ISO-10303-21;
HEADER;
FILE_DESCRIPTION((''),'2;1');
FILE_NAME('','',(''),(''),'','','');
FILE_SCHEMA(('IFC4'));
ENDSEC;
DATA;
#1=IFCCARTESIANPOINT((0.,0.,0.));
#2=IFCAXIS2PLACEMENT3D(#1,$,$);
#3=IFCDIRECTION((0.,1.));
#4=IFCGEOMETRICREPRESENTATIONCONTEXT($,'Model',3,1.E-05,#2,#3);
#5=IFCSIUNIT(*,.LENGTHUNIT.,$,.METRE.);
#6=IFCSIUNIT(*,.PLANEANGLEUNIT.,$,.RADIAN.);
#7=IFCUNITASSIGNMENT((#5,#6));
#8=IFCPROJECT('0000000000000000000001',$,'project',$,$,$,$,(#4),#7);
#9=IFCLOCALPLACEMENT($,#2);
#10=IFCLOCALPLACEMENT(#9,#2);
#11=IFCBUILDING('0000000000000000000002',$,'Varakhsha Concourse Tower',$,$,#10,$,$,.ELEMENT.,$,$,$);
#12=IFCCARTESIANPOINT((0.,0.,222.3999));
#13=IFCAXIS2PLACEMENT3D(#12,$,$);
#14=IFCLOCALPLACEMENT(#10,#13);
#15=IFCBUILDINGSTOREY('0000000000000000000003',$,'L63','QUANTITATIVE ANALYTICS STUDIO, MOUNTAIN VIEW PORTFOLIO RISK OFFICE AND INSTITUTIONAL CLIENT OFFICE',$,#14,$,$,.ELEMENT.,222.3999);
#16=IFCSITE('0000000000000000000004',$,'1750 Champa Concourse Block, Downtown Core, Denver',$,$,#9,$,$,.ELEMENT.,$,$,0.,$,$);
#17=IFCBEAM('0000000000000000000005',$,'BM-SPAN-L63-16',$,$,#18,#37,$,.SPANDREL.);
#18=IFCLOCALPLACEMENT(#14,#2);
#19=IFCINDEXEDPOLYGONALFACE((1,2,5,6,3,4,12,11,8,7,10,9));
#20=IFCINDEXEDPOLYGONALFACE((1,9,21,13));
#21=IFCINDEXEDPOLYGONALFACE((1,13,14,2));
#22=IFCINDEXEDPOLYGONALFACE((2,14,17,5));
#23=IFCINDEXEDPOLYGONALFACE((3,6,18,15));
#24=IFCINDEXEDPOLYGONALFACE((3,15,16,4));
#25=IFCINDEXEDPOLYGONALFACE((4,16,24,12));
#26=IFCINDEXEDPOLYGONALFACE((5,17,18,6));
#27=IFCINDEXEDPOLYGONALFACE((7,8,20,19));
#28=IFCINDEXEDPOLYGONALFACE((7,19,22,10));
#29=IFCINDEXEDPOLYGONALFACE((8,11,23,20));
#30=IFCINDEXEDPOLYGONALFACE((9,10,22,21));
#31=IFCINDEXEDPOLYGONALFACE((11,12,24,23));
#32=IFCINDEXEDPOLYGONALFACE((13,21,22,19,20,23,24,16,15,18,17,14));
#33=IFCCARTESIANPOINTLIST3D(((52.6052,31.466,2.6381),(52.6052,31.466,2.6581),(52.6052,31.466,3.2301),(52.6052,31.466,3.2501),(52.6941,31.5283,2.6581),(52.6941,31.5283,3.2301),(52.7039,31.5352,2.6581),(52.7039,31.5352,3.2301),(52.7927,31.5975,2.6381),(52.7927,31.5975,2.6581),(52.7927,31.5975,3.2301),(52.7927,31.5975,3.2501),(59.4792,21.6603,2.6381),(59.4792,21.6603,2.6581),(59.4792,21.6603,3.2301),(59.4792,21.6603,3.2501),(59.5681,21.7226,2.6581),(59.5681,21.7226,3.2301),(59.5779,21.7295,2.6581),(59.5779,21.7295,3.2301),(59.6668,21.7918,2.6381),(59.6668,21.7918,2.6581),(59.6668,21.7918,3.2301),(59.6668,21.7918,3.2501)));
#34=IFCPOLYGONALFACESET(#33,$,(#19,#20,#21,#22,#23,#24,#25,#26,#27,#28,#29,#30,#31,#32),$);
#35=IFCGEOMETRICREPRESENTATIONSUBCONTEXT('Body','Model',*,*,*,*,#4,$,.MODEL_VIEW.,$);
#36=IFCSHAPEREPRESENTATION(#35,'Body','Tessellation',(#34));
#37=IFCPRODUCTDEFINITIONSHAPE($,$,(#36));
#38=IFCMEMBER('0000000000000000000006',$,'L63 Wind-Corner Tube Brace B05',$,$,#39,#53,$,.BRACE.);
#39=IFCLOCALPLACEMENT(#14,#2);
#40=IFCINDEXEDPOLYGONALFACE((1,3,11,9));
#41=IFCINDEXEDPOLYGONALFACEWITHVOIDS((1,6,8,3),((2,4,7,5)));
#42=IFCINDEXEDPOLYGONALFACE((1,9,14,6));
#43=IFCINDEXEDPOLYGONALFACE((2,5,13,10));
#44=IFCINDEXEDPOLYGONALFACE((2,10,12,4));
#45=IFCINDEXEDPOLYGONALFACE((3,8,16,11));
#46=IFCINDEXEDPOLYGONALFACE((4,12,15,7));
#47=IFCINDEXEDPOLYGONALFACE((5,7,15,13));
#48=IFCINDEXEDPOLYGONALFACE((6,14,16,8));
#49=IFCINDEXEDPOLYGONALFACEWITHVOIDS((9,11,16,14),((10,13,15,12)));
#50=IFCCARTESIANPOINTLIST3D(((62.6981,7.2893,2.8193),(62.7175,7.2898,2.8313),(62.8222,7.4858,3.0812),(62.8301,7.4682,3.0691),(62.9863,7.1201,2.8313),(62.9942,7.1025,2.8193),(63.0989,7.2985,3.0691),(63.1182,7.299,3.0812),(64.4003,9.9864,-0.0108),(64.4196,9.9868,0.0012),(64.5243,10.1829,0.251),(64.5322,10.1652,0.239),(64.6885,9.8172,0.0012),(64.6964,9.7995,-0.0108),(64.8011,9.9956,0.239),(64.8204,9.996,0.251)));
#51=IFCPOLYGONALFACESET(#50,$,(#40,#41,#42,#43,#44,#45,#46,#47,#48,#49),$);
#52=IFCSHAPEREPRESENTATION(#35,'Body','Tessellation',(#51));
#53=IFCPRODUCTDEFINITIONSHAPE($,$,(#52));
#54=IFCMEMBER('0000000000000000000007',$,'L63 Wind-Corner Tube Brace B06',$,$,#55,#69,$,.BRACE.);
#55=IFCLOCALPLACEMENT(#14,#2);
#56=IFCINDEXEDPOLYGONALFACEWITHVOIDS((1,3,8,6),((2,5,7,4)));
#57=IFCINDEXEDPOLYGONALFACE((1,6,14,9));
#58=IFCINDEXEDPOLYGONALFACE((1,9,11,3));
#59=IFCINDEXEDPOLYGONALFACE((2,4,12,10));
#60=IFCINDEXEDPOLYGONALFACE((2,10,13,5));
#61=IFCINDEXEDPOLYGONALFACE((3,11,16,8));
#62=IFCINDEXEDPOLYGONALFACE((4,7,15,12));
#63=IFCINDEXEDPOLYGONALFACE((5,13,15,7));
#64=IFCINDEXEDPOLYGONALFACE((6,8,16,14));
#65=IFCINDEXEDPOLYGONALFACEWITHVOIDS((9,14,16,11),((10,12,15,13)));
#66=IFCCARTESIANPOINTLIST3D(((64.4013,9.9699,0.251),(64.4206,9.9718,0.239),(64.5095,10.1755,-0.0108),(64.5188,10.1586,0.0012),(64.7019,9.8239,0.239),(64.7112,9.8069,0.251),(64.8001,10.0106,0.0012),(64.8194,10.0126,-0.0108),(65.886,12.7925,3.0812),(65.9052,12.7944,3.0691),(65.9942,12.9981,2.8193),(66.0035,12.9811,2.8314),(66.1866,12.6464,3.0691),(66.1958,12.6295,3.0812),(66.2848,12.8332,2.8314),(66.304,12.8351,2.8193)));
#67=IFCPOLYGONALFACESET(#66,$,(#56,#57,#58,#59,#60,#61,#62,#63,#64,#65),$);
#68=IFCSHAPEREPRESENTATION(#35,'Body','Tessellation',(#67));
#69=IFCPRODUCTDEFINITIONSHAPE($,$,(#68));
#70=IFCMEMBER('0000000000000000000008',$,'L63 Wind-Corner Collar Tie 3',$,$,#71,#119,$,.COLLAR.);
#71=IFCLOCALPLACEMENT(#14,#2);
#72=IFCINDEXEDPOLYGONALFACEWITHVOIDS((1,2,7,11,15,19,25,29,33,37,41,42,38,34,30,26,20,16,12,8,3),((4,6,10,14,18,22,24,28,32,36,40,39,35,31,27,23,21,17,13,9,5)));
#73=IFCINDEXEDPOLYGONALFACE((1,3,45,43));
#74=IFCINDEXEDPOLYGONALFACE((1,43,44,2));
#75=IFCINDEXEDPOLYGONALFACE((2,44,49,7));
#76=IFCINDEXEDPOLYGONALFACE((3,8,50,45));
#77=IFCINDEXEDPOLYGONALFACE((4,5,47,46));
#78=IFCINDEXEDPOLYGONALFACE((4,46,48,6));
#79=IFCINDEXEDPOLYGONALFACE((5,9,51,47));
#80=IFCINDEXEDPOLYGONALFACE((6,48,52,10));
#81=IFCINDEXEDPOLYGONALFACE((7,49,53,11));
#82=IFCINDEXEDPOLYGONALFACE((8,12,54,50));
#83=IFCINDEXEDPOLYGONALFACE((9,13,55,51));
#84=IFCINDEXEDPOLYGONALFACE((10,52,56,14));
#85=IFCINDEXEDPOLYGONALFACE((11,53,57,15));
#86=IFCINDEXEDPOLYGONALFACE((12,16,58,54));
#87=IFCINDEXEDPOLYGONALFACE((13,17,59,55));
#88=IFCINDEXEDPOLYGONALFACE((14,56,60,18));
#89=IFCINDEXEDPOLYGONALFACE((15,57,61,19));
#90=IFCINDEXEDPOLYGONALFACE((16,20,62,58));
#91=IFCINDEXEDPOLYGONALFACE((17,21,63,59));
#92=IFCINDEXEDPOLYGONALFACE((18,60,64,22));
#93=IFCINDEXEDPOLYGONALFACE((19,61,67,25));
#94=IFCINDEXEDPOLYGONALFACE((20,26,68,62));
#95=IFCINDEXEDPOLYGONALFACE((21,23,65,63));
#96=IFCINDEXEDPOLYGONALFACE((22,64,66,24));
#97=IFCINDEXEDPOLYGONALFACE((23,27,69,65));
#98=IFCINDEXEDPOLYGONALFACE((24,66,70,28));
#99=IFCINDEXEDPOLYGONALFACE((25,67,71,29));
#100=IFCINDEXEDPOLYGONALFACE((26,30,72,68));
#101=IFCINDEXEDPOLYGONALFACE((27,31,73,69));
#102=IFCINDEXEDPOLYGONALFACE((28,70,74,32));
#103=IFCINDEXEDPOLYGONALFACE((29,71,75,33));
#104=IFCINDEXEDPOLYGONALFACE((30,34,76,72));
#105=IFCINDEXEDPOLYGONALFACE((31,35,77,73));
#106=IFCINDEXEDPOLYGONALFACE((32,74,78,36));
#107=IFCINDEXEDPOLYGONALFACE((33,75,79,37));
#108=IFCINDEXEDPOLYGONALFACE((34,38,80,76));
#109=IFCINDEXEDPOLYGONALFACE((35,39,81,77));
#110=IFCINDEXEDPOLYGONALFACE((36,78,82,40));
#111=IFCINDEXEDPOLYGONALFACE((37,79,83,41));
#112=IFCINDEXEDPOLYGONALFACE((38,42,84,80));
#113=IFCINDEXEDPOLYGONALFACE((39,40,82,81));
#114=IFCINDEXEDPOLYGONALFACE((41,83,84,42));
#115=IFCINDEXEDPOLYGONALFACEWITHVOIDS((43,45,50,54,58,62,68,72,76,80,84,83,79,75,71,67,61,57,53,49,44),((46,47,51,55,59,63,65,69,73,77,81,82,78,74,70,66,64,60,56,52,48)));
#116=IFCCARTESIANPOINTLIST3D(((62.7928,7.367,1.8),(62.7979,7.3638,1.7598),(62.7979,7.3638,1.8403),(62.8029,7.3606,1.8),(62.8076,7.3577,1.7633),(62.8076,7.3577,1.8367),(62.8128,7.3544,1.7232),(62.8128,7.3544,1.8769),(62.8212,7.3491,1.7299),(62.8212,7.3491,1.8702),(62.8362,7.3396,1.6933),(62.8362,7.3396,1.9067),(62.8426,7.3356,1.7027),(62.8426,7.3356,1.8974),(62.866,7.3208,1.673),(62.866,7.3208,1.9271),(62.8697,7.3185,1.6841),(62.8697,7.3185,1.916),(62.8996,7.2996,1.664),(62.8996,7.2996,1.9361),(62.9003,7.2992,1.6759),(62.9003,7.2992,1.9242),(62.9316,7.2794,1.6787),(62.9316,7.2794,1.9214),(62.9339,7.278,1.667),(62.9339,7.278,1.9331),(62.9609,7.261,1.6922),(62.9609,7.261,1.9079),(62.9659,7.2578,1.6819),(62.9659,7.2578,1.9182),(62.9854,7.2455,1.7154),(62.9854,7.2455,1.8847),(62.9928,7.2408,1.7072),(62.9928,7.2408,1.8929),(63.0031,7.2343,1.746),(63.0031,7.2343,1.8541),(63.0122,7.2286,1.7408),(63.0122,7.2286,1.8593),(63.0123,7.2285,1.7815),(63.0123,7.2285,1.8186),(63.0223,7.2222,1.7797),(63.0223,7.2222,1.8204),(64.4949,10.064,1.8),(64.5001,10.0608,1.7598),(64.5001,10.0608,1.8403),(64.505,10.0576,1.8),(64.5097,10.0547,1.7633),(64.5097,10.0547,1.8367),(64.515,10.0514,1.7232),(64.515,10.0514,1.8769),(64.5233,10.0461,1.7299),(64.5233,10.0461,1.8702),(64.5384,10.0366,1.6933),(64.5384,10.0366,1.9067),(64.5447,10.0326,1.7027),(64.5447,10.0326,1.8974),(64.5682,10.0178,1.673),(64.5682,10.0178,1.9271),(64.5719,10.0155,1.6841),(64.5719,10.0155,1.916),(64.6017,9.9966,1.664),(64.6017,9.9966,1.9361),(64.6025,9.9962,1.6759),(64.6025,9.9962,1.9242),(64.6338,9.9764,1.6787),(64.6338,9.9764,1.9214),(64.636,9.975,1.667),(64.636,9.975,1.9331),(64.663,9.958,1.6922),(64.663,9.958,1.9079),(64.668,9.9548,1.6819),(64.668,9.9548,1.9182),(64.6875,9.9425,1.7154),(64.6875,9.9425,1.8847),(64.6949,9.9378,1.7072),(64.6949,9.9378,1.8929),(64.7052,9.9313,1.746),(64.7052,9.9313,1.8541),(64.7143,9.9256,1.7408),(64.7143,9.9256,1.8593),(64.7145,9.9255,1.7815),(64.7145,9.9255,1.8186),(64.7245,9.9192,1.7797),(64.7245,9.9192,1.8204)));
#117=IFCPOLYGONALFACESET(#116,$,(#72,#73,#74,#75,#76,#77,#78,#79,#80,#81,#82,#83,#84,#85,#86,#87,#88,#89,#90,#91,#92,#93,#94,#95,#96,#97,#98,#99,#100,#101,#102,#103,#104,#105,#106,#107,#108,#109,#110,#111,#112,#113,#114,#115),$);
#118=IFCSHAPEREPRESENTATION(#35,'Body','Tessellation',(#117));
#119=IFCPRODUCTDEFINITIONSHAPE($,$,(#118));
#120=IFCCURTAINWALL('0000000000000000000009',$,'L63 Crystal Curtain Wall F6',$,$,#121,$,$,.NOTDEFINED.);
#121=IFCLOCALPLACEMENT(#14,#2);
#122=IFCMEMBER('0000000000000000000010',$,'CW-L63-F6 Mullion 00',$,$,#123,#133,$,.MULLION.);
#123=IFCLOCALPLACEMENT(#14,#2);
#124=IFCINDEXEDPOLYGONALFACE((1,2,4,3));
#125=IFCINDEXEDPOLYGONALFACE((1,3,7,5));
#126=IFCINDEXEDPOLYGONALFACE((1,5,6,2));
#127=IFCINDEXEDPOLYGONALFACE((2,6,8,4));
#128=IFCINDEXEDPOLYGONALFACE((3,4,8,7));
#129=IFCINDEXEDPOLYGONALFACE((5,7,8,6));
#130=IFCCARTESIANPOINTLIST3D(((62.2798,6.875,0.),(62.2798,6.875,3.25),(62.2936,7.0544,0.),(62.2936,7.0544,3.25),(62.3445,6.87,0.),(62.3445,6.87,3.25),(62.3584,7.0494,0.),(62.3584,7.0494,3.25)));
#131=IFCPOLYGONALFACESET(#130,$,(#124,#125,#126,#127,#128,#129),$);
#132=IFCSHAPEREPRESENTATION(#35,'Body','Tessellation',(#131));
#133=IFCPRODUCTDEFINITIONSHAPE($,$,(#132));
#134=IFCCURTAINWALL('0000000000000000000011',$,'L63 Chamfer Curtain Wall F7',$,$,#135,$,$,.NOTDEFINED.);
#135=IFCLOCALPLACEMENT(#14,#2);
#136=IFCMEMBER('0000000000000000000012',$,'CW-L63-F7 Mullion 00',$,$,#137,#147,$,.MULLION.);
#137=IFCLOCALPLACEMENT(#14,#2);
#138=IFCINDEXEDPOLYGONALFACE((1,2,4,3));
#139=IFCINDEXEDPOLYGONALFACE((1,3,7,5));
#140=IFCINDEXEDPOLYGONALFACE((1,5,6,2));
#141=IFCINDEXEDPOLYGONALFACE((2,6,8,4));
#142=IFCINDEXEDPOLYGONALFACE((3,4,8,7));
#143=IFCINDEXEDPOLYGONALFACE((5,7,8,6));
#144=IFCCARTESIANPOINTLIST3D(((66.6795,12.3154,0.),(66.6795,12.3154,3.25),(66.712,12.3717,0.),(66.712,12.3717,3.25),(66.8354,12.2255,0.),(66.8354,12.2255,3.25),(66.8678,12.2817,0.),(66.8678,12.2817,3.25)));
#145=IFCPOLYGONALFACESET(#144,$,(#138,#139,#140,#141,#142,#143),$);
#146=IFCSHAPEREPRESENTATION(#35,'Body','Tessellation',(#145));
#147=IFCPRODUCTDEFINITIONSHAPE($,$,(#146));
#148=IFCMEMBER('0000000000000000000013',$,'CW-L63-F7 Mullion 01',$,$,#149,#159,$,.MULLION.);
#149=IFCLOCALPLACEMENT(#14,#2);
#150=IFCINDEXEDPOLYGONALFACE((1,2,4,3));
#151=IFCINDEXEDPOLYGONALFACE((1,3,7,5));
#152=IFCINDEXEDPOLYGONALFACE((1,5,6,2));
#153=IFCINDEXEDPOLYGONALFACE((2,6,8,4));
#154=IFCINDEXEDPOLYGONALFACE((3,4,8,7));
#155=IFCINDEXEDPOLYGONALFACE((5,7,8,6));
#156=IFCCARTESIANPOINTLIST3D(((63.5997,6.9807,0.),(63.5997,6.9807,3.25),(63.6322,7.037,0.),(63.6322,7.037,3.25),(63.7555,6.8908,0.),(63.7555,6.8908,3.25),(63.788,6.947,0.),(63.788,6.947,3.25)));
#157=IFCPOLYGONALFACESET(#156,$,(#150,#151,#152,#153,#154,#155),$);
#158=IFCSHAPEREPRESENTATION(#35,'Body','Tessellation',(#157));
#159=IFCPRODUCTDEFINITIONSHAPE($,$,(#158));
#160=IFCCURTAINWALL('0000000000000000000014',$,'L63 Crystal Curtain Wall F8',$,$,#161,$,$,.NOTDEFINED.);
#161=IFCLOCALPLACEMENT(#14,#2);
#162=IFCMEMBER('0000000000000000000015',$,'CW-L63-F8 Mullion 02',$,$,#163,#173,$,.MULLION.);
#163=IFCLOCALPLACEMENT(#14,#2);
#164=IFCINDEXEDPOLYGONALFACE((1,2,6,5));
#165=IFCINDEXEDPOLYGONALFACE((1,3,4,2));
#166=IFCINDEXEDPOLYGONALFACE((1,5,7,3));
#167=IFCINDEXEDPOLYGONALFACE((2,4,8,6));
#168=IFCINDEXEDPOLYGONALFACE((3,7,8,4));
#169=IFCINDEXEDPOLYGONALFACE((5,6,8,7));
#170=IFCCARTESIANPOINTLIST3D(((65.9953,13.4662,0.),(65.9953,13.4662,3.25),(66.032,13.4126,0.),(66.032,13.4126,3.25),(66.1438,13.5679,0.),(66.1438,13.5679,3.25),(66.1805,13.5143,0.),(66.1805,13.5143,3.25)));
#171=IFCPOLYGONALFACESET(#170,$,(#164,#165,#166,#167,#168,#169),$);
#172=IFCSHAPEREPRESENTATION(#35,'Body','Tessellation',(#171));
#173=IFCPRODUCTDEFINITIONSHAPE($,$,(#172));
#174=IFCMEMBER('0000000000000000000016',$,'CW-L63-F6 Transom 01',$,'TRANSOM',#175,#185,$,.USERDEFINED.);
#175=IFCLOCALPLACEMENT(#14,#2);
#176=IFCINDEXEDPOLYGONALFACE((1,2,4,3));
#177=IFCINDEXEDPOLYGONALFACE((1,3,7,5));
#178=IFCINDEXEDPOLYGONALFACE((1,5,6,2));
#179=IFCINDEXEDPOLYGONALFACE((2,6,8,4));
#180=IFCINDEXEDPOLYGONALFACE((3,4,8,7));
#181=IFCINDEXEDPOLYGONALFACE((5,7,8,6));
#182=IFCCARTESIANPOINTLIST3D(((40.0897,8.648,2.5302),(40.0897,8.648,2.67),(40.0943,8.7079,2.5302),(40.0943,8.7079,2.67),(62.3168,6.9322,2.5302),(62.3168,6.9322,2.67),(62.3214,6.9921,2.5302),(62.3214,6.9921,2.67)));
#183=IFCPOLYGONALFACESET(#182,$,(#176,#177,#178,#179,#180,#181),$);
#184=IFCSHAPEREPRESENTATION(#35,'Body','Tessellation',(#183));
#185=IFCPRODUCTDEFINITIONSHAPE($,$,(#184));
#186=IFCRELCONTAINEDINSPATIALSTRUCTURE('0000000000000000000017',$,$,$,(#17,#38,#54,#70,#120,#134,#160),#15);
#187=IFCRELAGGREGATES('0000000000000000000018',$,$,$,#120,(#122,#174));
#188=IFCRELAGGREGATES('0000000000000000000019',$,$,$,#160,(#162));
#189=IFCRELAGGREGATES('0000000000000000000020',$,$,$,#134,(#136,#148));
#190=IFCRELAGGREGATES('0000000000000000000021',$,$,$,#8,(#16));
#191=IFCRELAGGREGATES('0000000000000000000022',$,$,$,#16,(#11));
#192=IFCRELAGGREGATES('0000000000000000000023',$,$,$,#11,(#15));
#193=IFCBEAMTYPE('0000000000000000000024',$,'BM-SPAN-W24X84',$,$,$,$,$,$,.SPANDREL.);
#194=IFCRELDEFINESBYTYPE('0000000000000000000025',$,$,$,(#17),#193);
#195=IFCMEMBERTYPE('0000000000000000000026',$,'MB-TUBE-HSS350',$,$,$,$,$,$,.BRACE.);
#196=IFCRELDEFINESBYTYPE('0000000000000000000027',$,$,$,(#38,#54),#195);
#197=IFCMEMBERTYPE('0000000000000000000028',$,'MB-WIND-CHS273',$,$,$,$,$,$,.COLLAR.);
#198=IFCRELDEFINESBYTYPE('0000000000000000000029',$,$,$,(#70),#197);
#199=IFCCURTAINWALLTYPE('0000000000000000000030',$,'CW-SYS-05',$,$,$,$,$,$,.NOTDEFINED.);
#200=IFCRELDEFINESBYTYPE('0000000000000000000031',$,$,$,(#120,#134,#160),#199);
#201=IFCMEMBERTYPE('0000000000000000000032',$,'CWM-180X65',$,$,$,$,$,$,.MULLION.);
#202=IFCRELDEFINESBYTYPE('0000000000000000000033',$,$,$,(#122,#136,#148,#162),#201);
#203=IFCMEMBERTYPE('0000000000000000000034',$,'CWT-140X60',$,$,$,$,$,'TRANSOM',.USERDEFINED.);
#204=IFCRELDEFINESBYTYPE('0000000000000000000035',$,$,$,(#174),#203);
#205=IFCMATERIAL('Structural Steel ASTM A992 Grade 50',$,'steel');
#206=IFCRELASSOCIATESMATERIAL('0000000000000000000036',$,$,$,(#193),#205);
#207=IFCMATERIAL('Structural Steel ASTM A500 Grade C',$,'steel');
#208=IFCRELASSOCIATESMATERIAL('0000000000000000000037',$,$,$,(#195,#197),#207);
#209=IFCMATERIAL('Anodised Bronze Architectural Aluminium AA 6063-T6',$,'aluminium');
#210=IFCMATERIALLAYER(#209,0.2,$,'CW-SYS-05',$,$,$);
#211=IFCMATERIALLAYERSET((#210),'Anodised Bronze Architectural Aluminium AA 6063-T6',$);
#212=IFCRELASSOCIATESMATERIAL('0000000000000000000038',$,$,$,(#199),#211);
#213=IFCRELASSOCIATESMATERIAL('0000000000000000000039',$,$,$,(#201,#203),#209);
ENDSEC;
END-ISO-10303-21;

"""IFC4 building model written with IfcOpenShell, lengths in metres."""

from ifc_helpers import new_model, si_unit, direction, frame, origin, origin_2d, place, context, subcontext, project, spatial, rectangle, hollow_rectangle, hollow_circle, i_section, extrude, source, transform, mapped, material, layer, layer_set, material_profile, profile_set, type_object, type_shapes, element, aggregate, save


model = new_model("IFC4")

# Units and contexts
model_context = context("Model", 3, precision=1e-05, world=origin(), true_north=direction((0.0, 1.0)))
body_context = subcontext(model_context, "Body", "Model", "MODEL_VIEW")
ifc_project = project(units=[si_unit("LENGTHUNIT", "METRE"), si_unit("PLANEANGLEUNIT", "RADIAN")], contexts=[model_context])

# Site, building, storey
site_placement = place(None, origin())
site = spatial("IfcSite", under=ifc_project, at=site_placement, Name="1750 Champa Concourse Block, Downtown Core, Denver", CompositionType="ELEMENT", RefElevation=0.0)
building_placement = place(site_placement, origin())
building = spatial("IfcBuilding", under=site, at=building_placement, Name="Varakhsha Concourse Tower", CompositionType="ELEMENT")
storey_placement = place(building_placement, frame((0.0, 0.0, 222.3999)))
storey = spatial("IfcBuildingStorey", under=building, at=storey_placement, Name="L63", Description="QUANTITATIVE ANALYTICS STUDIO, MOUNTAIN VIEW PORTFOLIO RISK OFFICE AND INSTITUTIONAL CLIENT OFFICE", CompositionType="ELEMENT", Elevation=222.3999)

# Beam
ifc_material_1 = material(Name="Structural Steel ASTM A992 Grade 50", Category="steel")
ifc_material_profile_1 = material_profile(ifc_material_1, i_section(OverallWidth=0.229, OverallDepth=0.6121, WebThickness=0.012, FlangeThickness=0.02, at=origin_2d()), Name="W24X84")
ifc_profile_set_1 = profile_set([ifc_material_profile_1], Name="Structural Steel ASTM A992 Grade 50")
beam_type_1 = type_object("IfcBeamType", Name="BM-SPAN-W24X84", PredefinedType="SPANDREL", material=ifc_profile_set_1)
beam_1_placement = place(storey_placement, frame((59.573, 21.7261, 2.9441), z_axis=(-0.574026, 0.818837, 0.0), x_axis=(-0.818837, -0.574026, 0.0)))
element("IfcBeam", 1, at=beam_1_placement, inside=storey, type_object=beam_type_1, Name="BM-SPAN-L63-16", PredefinedType="SPANDREL", context=body_context, shape_type="SweptSolid", body=[
    extrude(i_section(OverallWidth=0.229, OverallDepth=0.6121, WebThickness=0.012, FlangeThickness=0.02, at=origin_2d()), origin(), (0.0, 0.0, 1.0), 11.9751),
])

# Members
ifc_material_2 = material(Name="Structural Steel ASTM A500 Grade C", Category="steel")
ifc_material_profile_2 = material_profile(ifc_material_2, hollow_rectangle(XDim=0.3501, YDim=0.3501, WallThickness=0.0161, at=origin_2d()), Name="HSS 350x350x16")
ifc_profile_set_2 = profile_set([ifc_material_profile_2], Name="Structural Steel ASTM A500 Grade C")
member_type_1 = type_object("IfcMemberType", Name="MB-TUBE-HSS350", PredefinedType="BRACE", material=ifc_profile_set_2)
shared_shape_1 = source(origin(), body_context, "Body", "SweptSolid", [
    extrude(hollow_rectangle(XDim=0.3501, YDim=0.3501, WallThickness=0.0161, at=origin_2d()), origin(), (0.0, 0.0, 1.0), 4.2639),
])
type_shapes(member_type_1, [shared_shape_1])
for number, where, z_axis, x_axis, name in (
    (2, (64.6104, 9.9912, 0.1201), (-0.399203, -0.632529, 0.663735), (0.845663, -0.533716, 0.0), "L63 Wind-Corner Tube Brace B05"),
    (3, (64.6104, 9.9912, 0.1201), (0.348191, 0.66197, 0.663745), (-0.885036, 0.465522, 0.0), "L63 Wind-Corner Tube Brace B06"),
):
    element("IfcMember", number, at=place(storey_placement, frame(where, z_axis=z_axis, x_axis=x_axis)), inside=storey, type_object=member_type_1, Name=name, PredefinedType="BRACE", context=body_context, shape_type="MappedRepresentation", body=[
        mapped(shared_shape_1, transform((0.0, 0.0, 0.0), scale=1.0)),
    ])
ifc_material_profile_3 = material_profile(ifc_material_2, hollow_circle(Radius=0.1365, WallThickness=0.012, at=origin_2d()), Name="CHS 273x12")
ifc_profile_set_3 = profile_set([ifc_material_profile_3], Name="Structural Steel ASTM A500 Grade C")
member_type_2 = type_object("IfcMemberType", Name="MB-WIND-CHS273", PredefinedType="COLLAR", material=ifc_profile_set_3)
shared_shape_2 = source(origin(), body_context, "Body", "SweptSolid", [
    extrude(hollow_circle(Radius=0.1365, WallThickness=0.012, at=origin_2d()), origin(), (0.0, 0.0, 1.0), 3.1892),
])
type_shapes(member_type_2, [shared_shape_2])
member_1_placement = place(storey_placement, frame((62.9082, 7.2942, 1.8), z_axis=(0.533716, 0.845663, 0.0), x_axis=(-0.845663, 0.533716, 0.0)))
element("IfcMember", 4, at=member_1_placement, inside=storey, type_object=member_type_2, Name="L63 Wind-Corner Collar Tie 3", PredefinedType="COLLAR", context=body_context, shape_type="MappedRepresentation", body=[
    mapped(shared_shape_2, transform((0.0, 0.0, 0.0), scale=1.0)),
])

# Curtain wall, member
ifc_material_3 = material(Name="Anodised Bronze Architectural Aluminium AA 6063-T6", Category="aluminium")
ifc_layer_1 = layer(ifc_material_3, 0.2, Name="CW-SYS-05")
ifc_layer_set_1 = layer_set([ifc_layer_1], Name="Anodised Bronze Architectural Aluminium AA 6063-T6")
curtain_wall_type = type_object("IfcCurtainWallType", Name="CW-SYS-05", PredefinedType="NOTDEFINED", material=ifc_layer_set_1)
curtain_wall_1_placement = place(storey_placement, origin())
curtain_wall_1 = element("IfcCurtainWall", 5, at=curtain_wall_1_placement, inside=storey, type_object=curtain_wall_type, Name="L63 Crystal Curtain Wall F6", PredefinedType="NOTDEFINED")
ifc_material_profile_4 = material_profile(ifc_material_3, rectangle(XDim=0.0649, YDim=0.1799, at=origin_2d()), Name="CWM-180X65")
ifc_profile_set_4 = profile_set([ifc_material_profile_4], Name="Anodised Bronze Architectural Aluminium AA 6063-T6")
member_type_3 = type_object("IfcMemberType", Name="CWM-180X65", PredefinedType="MULLION", material=ifc_profile_set_4)
shared_shape_3 = source(origin(), body_context, "Body", "SweptSolid", [
    extrude(rectangle(XDim=0.0649, YDim=0.1799, at=origin_2d()), origin(), (0.0, 0.0, 1.0), 3.25),
])
type_shapes(member_type_3, [shared_shape_3])
member_2_placement = place(storey_placement, frame((62.3191, 6.9622, 0.0), z_axis=(0.0, 0.0, 1.0), x_axis=(-0.997034, 0.076961, 0.0)))
member_2 = element("IfcMember", 6, at=member_2_placement, type_object=member_type_3, Name="CW-L63-F6 Mullion 00", PredefinedType="MULLION", context=body_context, shape_type="MappedRepresentation", body=[
    mapped(shared_shape_3, transform((0.0, 0.0, 0.0), scale=1.0)),
])

# Curtain wall, members
curtain_wall_2_placement = place(storey_placement, origin())
curtain_wall_2 = element("IfcCurtainWall", 7, at=curtain_wall_2_placement, inside=storey, type_object=curtain_wall_type, Name="L63 Chamfer Curtain Wall F7", PredefinedType="NOTDEFINED")
member_3_placement = place(storey_placement, frame((66.7737, 12.2986, 0.0), z_axis=(0.0, 0.0, 1.0), x_axis=(-0.499994, -0.866029, 0.0)))
member_3 = element("IfcMember", 8, at=member_3_placement, type_object=member_type_3, Name="CW-L63-F7 Mullion 00", PredefinedType="MULLION", context=body_context, shape_type="MappedRepresentation", body=[
    mapped(shared_shape_3, transform((0.0, 0.0, 0.0), scale=1.0)),
])
member_4_placement = place(storey_placement, frame((63.6938, 6.9639, 0.0), z_axis=(0.0, 0.0, 1.0), x_axis=(-0.499994, -0.866029, 0.0)))
member_4 = element("IfcMember", 9, at=member_4_placement, type_object=member_type_3, Name="CW-L63-F7 Mullion 01", PredefinedType="MULLION", context=body_context, shape_type="MappedRepresentation", body=[
    mapped(shared_shape_3, transform((0.0, 0.0, 0.0), scale=1.0)),
])

# Curtain wall, member
curtain_wall_3_placement = place(storey_placement, origin())
curtain_wall_3 = element("IfcCurtainWall", 10, at=curtain_wall_3_placement, inside=storey, type_object=curtain_wall_type, Name="L63 Crystal Curtain Wall F8", PredefinedType="NOTDEFINED")
member_5_placement = place(storey_placement, frame((66.0879, 13.4902, 0.0), z_axis=(0.0, 0.0, 1.0), x_axis=(0.565173, -0.824972, 0.0)))
member_5 = element("IfcMember", 11, at=member_5_placement, type_object=member_type_3, Name="CW-L63-F8 Mullion 02", PredefinedType="MULLION", context=body_context, shape_type="MappedRepresentation", body=[
    mapped(shared_shape_3, transform((0.0, 0.0, 0.0), scale=1.0)),
])

# Member
ifc_material_profile_5 = material_profile(ifc_material_3, rectangle(XDim=0.0601, YDim=0.1399, at=origin_2d()), Name="CWT-140X60")
ifc_profile_set_5 = profile_set([ifc_material_profile_5], Name="Anodised Bronze Architectural Aluminium AA 6063-T6")
member_type_4 = type_object("IfcMemberType", Name="CWT-140X60", ElementType="TRANSOM", PredefinedType="USERDEFINED", material=ifc_profile_set_5)
shared_shape_4 = source(origin(), body_context, "Body", "SweptSolid", [
    extrude(rectangle(XDim=0.0601, YDim=0.1399, at=origin_2d()), origin(), (0.0, 0.0, 1.0), 22.2932),
])
member_6_placement = place(storey_placement, frame((62.3191, 6.9622, 2.6001), z_axis=(-0.997034, 0.076966, 0.0), x_axis=(-0.076966, -0.997034, 0.0)))
member_6 = element("IfcMember", 12, at=member_6_placement, type_object=member_type_4, Name="CW-L63-F6 Transom 01", ObjectType="TRANSOM", PredefinedType="USERDEFINED", context=body_context, shape_type="MappedRepresentation", body=[
    mapped(shared_shape_4, transform((0.0, 0.0, 0.0), scale=1.0)),
])

aggregate(curtain_wall_1, [member_2, member_6])
aggregate(curtain_wall_3, [member_5])
aggregate(curtain_wall_2, [member_3, member_4])

save(model, "model.ifc")
